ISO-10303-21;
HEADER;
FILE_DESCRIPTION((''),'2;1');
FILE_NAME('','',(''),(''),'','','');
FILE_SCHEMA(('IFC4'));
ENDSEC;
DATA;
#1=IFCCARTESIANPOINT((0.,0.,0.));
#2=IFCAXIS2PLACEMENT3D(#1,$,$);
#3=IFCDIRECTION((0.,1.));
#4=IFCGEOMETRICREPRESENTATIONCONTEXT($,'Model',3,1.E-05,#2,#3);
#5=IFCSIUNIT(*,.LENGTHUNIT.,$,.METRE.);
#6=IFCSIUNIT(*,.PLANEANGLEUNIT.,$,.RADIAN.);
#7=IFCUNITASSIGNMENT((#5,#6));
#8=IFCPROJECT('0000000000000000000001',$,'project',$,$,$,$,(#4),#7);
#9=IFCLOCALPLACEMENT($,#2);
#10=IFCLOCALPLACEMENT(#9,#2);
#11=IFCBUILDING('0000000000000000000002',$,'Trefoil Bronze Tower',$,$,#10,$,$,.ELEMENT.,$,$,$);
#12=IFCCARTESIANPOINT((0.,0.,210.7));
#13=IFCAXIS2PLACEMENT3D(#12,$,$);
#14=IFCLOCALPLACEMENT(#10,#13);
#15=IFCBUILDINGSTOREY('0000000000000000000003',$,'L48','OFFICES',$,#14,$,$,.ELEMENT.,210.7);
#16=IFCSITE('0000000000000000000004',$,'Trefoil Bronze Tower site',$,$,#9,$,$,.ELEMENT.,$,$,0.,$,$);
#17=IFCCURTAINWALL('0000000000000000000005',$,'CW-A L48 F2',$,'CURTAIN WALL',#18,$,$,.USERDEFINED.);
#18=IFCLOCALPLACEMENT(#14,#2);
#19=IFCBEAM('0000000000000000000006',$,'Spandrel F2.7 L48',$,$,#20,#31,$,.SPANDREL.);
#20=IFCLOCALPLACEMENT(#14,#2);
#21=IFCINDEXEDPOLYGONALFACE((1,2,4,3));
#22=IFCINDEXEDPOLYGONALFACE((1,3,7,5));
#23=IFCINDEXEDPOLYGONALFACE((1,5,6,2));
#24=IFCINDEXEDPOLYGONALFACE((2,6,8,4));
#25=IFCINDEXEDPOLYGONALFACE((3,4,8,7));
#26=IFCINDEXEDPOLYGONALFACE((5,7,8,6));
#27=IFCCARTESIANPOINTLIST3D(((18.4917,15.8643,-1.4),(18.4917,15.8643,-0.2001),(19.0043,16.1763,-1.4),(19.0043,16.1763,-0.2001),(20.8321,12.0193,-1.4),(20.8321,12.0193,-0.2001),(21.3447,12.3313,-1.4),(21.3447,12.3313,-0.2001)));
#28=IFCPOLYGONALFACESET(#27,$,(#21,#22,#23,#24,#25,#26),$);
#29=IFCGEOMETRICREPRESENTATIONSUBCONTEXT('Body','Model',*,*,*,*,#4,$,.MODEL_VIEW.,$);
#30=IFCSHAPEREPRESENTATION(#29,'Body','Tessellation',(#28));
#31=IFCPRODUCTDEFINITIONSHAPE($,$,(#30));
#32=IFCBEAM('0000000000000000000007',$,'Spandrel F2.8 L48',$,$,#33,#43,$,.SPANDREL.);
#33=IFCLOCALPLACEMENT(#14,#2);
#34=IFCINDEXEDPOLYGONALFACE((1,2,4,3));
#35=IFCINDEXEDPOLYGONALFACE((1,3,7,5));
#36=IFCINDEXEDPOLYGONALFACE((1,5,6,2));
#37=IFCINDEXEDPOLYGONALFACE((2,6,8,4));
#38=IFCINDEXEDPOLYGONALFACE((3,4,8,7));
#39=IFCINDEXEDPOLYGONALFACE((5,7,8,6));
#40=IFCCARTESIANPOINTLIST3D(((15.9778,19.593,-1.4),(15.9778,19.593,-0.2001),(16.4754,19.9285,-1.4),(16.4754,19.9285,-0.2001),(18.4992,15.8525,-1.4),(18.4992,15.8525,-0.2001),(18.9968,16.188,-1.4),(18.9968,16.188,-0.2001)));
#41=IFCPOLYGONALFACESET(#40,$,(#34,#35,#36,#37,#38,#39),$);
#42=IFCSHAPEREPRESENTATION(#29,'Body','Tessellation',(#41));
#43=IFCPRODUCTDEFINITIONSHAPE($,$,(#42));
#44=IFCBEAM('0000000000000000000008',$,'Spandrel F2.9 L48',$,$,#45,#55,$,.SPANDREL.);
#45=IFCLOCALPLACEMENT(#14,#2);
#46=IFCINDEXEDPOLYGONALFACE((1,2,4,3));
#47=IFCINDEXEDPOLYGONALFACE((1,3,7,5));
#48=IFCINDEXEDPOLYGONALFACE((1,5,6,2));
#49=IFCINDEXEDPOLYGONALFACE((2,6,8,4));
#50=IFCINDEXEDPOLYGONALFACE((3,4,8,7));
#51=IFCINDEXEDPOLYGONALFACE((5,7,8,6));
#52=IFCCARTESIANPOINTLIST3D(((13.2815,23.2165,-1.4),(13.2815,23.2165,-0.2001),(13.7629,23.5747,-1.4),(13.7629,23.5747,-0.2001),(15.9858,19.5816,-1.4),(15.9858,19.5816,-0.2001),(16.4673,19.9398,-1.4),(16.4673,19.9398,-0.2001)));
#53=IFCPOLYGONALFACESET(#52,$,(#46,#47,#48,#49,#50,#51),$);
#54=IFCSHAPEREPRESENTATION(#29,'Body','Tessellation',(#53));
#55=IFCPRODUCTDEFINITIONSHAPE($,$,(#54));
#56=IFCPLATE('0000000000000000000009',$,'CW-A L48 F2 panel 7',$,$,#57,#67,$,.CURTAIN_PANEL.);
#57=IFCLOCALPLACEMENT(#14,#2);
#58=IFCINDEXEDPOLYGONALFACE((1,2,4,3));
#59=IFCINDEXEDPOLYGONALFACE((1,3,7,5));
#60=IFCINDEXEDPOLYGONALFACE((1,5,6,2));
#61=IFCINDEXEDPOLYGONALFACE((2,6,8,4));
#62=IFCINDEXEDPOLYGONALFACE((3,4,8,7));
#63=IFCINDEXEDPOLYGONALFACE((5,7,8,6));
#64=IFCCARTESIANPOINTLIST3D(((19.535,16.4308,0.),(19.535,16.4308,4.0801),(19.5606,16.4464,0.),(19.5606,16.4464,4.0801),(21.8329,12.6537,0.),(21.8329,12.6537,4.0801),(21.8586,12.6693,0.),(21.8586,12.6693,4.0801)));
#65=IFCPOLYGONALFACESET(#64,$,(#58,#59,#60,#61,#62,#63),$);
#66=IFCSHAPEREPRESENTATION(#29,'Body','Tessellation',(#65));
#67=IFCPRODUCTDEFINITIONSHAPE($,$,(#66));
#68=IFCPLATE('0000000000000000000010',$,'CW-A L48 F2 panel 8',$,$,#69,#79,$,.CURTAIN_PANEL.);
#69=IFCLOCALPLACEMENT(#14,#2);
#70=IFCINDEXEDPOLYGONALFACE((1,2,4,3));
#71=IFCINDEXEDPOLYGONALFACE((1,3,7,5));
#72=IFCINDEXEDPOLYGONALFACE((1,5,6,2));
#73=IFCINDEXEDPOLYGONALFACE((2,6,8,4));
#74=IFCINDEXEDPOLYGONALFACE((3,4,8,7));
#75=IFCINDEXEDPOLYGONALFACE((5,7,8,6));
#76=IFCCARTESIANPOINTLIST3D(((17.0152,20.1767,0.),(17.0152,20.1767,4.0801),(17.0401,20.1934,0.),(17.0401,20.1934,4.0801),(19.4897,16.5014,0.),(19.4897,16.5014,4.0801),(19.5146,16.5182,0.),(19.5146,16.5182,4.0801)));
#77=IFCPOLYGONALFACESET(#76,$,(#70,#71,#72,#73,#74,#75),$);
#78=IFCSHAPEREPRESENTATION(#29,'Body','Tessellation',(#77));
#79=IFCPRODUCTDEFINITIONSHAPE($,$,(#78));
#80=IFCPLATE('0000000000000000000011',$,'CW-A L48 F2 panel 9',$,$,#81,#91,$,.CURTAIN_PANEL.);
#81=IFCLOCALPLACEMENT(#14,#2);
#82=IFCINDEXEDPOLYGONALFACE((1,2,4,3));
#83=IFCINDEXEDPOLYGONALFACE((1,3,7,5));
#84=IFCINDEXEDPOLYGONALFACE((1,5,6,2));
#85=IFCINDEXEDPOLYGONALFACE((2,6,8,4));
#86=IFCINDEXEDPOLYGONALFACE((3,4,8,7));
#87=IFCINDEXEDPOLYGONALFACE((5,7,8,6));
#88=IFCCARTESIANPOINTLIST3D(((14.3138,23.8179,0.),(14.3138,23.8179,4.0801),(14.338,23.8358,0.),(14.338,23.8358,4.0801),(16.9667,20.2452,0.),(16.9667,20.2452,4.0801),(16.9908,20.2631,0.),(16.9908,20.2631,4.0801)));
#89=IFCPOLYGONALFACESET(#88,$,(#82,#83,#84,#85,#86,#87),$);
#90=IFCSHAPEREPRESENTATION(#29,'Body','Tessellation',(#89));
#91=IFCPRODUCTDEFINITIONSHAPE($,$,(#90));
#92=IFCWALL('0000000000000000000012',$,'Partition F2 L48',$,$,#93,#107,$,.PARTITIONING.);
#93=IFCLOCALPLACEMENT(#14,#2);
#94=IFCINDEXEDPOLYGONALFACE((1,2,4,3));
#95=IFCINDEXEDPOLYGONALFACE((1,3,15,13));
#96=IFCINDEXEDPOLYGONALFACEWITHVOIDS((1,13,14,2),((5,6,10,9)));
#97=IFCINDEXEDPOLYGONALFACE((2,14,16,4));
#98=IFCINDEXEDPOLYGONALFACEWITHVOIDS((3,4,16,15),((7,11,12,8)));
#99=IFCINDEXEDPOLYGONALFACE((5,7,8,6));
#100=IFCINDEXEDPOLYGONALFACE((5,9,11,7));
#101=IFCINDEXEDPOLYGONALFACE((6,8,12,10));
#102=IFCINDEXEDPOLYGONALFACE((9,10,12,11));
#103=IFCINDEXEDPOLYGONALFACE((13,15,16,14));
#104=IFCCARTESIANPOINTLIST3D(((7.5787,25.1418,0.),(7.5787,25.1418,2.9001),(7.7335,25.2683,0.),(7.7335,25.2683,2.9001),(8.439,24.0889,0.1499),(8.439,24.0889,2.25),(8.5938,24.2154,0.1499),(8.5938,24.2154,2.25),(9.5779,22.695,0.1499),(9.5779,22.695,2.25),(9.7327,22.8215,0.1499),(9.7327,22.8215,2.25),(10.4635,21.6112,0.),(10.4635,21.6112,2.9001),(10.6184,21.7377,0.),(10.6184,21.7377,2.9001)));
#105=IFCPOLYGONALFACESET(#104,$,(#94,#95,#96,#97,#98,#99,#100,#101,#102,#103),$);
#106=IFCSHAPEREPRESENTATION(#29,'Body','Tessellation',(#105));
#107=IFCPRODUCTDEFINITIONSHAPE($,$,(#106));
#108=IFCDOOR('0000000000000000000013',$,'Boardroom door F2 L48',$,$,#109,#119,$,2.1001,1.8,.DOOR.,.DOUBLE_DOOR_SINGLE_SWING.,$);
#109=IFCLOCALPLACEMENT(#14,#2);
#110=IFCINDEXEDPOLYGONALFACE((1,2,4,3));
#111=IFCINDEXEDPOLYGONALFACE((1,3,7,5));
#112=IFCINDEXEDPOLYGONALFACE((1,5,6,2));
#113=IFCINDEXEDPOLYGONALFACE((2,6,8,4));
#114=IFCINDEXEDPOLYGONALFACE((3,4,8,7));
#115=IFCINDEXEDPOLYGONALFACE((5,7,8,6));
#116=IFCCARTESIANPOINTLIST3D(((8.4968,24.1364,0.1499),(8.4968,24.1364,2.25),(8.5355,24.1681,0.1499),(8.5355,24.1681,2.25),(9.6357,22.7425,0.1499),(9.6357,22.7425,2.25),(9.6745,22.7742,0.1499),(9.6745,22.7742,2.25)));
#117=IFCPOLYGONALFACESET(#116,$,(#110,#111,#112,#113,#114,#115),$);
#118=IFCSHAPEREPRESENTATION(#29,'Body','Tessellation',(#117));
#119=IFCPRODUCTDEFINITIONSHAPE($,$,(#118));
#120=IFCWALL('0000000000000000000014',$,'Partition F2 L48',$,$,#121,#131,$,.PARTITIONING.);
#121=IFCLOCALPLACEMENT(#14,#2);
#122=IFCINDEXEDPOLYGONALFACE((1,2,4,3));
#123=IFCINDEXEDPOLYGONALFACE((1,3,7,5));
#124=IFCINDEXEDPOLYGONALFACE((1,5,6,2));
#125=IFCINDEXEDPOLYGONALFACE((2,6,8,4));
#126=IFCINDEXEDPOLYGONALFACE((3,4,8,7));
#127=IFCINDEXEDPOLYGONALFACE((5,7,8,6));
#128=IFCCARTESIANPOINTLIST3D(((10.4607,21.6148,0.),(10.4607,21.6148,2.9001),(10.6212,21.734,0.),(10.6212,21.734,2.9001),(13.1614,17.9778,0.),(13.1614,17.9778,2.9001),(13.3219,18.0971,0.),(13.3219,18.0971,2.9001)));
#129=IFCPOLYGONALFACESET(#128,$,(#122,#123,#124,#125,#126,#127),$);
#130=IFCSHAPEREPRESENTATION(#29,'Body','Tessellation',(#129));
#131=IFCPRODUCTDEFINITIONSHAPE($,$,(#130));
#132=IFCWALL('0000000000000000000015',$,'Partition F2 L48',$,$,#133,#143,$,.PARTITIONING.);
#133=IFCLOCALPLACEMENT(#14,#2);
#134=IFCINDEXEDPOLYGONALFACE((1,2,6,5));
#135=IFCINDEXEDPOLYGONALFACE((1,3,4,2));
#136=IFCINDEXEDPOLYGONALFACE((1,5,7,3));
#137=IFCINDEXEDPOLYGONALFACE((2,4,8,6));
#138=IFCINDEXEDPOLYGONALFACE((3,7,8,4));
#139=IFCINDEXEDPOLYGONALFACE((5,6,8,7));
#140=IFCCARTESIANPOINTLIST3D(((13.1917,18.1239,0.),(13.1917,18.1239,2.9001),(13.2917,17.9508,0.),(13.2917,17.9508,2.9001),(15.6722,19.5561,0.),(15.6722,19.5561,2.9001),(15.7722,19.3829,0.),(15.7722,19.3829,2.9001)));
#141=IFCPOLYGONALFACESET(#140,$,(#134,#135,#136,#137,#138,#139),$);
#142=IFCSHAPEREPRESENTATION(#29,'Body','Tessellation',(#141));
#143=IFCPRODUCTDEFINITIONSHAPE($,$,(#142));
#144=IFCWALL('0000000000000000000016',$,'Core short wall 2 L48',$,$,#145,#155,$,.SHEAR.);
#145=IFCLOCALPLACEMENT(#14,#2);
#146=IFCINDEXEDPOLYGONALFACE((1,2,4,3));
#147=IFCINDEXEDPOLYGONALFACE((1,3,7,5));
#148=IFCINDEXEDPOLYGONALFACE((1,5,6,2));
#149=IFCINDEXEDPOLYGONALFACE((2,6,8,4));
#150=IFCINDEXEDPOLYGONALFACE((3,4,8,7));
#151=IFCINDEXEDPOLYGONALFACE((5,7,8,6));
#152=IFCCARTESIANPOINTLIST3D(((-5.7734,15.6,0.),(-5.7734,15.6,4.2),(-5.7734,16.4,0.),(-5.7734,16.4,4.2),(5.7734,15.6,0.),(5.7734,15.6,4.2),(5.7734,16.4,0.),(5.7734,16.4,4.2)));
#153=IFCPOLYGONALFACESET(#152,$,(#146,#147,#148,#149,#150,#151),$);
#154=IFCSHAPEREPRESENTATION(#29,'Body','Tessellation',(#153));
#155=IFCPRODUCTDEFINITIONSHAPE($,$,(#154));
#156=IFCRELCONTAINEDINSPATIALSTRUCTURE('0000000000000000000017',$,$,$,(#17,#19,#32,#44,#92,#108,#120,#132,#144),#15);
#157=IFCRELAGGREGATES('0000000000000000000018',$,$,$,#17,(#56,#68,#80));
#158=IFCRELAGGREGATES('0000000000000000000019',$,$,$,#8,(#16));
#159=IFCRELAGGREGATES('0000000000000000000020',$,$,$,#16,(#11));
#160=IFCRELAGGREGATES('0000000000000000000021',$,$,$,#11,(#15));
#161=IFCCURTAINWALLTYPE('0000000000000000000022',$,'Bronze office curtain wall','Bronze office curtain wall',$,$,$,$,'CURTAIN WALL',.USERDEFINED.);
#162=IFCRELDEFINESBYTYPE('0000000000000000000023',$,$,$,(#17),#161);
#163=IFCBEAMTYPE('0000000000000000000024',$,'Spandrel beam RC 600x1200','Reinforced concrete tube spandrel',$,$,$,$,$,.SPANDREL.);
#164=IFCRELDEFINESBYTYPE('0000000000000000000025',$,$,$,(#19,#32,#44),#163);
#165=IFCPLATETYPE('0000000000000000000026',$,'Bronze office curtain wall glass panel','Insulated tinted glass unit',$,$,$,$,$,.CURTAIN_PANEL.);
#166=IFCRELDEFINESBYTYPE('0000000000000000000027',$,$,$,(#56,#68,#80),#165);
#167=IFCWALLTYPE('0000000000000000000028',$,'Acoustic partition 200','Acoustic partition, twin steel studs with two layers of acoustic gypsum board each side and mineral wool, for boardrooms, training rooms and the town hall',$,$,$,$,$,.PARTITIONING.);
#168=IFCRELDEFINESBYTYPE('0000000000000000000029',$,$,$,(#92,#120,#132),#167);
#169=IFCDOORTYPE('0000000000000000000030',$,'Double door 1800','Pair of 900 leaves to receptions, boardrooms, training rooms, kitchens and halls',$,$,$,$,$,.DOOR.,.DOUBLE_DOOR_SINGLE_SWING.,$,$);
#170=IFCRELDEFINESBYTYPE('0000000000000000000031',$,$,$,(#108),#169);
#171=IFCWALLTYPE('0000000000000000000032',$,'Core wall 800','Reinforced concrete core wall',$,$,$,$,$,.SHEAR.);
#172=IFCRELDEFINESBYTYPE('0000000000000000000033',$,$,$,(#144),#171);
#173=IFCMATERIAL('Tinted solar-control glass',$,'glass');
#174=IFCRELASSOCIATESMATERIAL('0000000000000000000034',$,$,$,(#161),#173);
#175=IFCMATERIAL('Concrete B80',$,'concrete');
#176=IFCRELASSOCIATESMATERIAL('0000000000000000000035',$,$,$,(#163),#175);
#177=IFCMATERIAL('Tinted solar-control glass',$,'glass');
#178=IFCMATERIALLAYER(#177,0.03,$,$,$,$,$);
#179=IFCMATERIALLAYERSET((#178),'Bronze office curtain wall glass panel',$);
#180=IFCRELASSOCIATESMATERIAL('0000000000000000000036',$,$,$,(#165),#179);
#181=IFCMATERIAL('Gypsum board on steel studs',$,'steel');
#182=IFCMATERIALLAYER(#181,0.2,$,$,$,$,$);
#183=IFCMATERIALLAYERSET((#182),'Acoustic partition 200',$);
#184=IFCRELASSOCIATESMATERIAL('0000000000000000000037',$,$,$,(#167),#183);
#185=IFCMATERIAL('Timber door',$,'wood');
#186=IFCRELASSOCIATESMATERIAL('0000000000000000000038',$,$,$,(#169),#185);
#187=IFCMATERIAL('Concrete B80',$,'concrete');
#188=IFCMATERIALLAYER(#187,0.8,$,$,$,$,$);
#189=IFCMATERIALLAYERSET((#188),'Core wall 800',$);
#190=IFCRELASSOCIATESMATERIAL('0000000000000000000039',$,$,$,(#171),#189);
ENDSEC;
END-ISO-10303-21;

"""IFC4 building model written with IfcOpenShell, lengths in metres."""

from ifc_helpers import new_model, si_unit, direction, frame, frame_2d, origin, origin_2d, place, context, subcontext, project, spatial, rectangle, extrude, material, layer, layer_set, material_profile, profile_set, type_object, element, fill, aggregate, save


model = new_model("IFC4")

# Units and contexts
model_context = context("Model", 3, precision=1e-05, world=origin(), true_north=direction((0.0, 1.0)))
body_context = subcontext(model_context, "Body", "Model", "MODEL_VIEW")
ifc_project = project(units=[si_unit("LENGTHUNIT", "METRE"), si_unit("PLANEANGLEUNIT", "RADIAN")], contexts=[model_context])

# Site, building, storey
site_placement = place(None, origin())
site = spatial("IfcSite", under=ifc_project, at=site_placement, Name="Trefoil Bronze Tower site", CompositionType="ELEMENT", RefElevation=0.0)
building_placement = place(site_placement, origin())
building = spatial("IfcBuilding", under=site, at=building_placement, Name="Trefoil Bronze Tower", CompositionType="ELEMENT")
storey_placement = place(building_placement, frame((0.0, 0.0, 210.7)))
storey = spatial("IfcBuildingStorey", under=building, at=storey_placement, Name="L48", Description="OFFICES", CompositionType="ELEMENT", Elevation=210.7)

# Curtain wall
ifc_material_1 = material(Name="Tinted solar-control glass", Category="glass")
curtain_wall_type = type_object("IfcCurtainWallType", Name="Bronze office curtain wall", Description="Bronze office curtain wall", ElementType="CURTAIN WALL", PredefinedType="USERDEFINED", material=ifc_material_1)
curtain_wall_placement = place(storey_placement, origin())
curtain_wall = element("IfcCurtainWall", 1, at=curtain_wall_placement, inside=storey, type_object=curtain_wall_type, Name="CW-A L48 F2", ObjectType="CURTAIN WALL", PredefinedType="USERDEFINED")

# Beams
ifc_material_2 = material(Name="Concrete B80", Category="concrete")
ifc_material_profile_1 = material_profile(ifc_material_2, rectangle(XDim=0.6001, YDim=1.2, at=origin_2d()), Name="RC 600x1200")
ifc_profile_set_1 = profile_set([ifc_material_profile_1], Name="Concrete B80")
beam_type_1 = type_object("IfcBeamType", Name="Spandrel beam RC 600x1200", Description="Reinforced concrete tube spandrel", PredefinedType="SPANDREL", material=ifc_profile_set_1)
beam_1_placement = place(storey_placement, frame((21.0884, 12.1753, -0.8), z_axis=(-0.519933, 0.854207, 0.0), x_axis=(-0.854207, -0.519933, 0.0)))
element("IfcBeam", 2, at=beam_1_placement, inside=storey, type_object=beam_type_1, Name="Spandrel F2.7 L48", PredefinedType="SPANDREL", context=body_context, shape_type="SweptSolid", body=[
    extrude(rectangle(XDim=0.6001, YDim=1.2, at=origin_2d()), origin(), (0.0, 0.0, 1.0), 4.5012),
])
beam_2_placement = place(storey_placement, frame((18.748, 16.0203, -0.8), z_axis=(-0.558964, 0.829192, 0.0), x_axis=(-0.829192, -0.558964, 0.0)))
element("IfcBeam", 3, at=beam_2_placement, inside=storey, type_object=beam_type_1, Name="Spandrel F2.8 L48", PredefinedType="SPANDREL", context=body_context, shape_type="SweptSolid", body=[
    extrude(rectangle(XDim=0.6001, YDim=1.2, at=origin_2d()), origin(), (0.0, 0.0, 1.0), 4.511),
])
beam_3_placement = place(storey_placement, frame((16.2266, 19.7607, -0.8), z_axis=(-0.596926, 0.802296, 0.0), x_axis=(-0.802296, -0.596926, 0.0)))
element("IfcBeam", 4, at=beam_3_placement, inside=storey, type_object=beam_type_1, Name="Spandrel F2.9 L48", PredefinedType="SPANDREL", context=body_context, shape_type="SweptSolid", body=[
    extrude(rectangle(XDim=0.6001, YDim=1.2, at=origin_2d()), origin(), (0.0, 0.0, 1.0), 4.5305),
])

# Plates
ifc_material_3 = material(Name="Tinted solar-control glass", Category="glass")
ifc_layer_1 = layer(ifc_material_3, 0.03)
ifc_layer_set_1 = layer_set([ifc_layer_1], Name="Bronze office curtain wall glass panel")
plate_type = type_object("IfcPlateType", Name="Bronze office curtain wall glass panel", Description="Insulated tinted glass unit", PredefinedType="CURTAIN_PANEL", material=ifc_layer_set_1)
plate_1_placement = place(storey_placement, frame((20.6968, 14.55, 0.0), z_axis=(0.0, 0.0, 1.0), x_axis=(-0.519762, 0.854311, 0.0)))
plate_1 = element("IfcPlate", 5, at=plate_1_placement, type_object=plate_type, Name="CW-A L48 F2 panel 7", PredefinedType="CURTAIN_PANEL", context=body_context, shape_type="SweptSolid", body=[
    extrude(rectangle(XDim=4.4211, YDim=0.03, at=origin_2d()), origin(), (0.0, 0.0, 1.0), 4.0801),
])
plate_2_placement = place(storey_placement, frame((18.2649, 18.3474, 0.0), z_axis=(0.0, 0.0, 1.0), x_axis=(-0.558493, 0.829509, 0.0)))
plate_2 = element("IfcPlate", 6, at=plate_2_placement, type_object=plate_type, Name="CW-A L48 F2 panel 8", PredefinedType="CURTAIN_PANEL", context=body_context, shape_type="SweptSolid", body=[
    extrude(rectangle(XDim=4.4307, YDim=0.03, at=origin_2d()), origin(), (0.0, 0.0, 1.0), 4.0801),
])
plate_3_placement = place(storey_placement, frame((15.6523, 22.0405, 0.0), z_axis=(0.0, 0.0, 1.0), x_axis=(-0.596162, 0.802865, 0.0)))
plate_3 = element("IfcPlate", 7, at=plate_3_placement, type_object=plate_type, Name="CW-A L48 F2 panel 9", PredefinedType="CURTAIN_PANEL", context=body_context, shape_type="SweptSolid", body=[
    extrude(rectangle(XDim=4.45, YDim=0.03, at=origin_2d()), origin(), (0.0, 0.0, 1.0), 4.0801),
])
aggregate(curtain_wall, [plate_1, plate_2, plate_3])

# Wall, opening, door
ifc_material_4 = material(Name="Gypsum board on steel studs", Category="steel")
ifc_layer_2 = layer(ifc_material_4, 0.2)
ifc_layer_set_2 = layer_set([ifc_layer_2], Name="Acoustic partition 200")
wall_type_1 = type_object("IfcWallType", Name="Acoustic partition 200", Description="Acoustic partition, twin steel studs with two layers of acoustic gypsum board each side and mineral wool, for boardrooms, training rooms and the town hall", PredefinedType="PARTITIONING", material=ifc_layer_set_2)
wall_1_placement = place(storey_placement, frame((10.541, 21.6743, 0.0), z_axis=(0.0, 0.0, 1.0), x_axis=(-0.632733, 0.77437, 0.0)))
wall_1 = element("IfcWall", 8, at=wall_1_placement, inside=storey, type_object=wall_type_1, Name="Partition F2 L48", PredefinedType="PARTITIONING", context=body_context, shape_type="SweptSolid", body=[
    extrude(rectangle(XDim=4.5593, YDim=0.2, at=frame_2d((2.2798, 0.0))), origin(), (0.0, 0.0, 1.0), 2.9001),
])
opening_1_placement = place(wall_1_placement, frame((1.3999, 0.0, 0.1499)))
opening_1 = element("IfcOpeningElement", 9, at=opening_1_placement, cuts=wall_1, PredefinedType="OPENING", context=body_context, shape_type="SweptSolid", body=[
    extrude(rectangle(XDim=1.8, YDim=2.1001, at=frame_2d((0.8999, 1.05))), frame((0.0, 0.1099, 0.0), z_axis=(0.0, -1.0, 0.0), x_axis=(1.0, 0.0, 0.0)), (0.0, 0.0, 1.0), 0.22),
])
ifc_material_5 = material(Name="Timber door", Category="wood")
door_type_1 = type_object("IfcDoorType", Name="Double door 1800", Description="Pair of 900 leaves to receptions, boardrooms, training rooms, kitchens and halls", OperationType="DOUBLE_DOOR_SINGLE_SWING", PredefinedType="DOOR", material=ifc_material_5)
door_1_placement = place(opening_1_placement, frame((1.8, 0.0, 0.0), z_axis=(0.0, 0.0, 1.0), x_axis=(-1.0, 0.0, 0.0)))
door_1 = element("IfcDoor", 10, at=door_1_placement, inside=storey, type_object=door_type_1, Name="Boardroom door F2 L48", OperationType="DOUBLE_DOOR_SINGLE_SWING", OverallHeight=2.1001, OverallWidth=1.8, PredefinedType="DOOR", context=body_context, shape_type="SweptSolid", body=[
    extrude(rectangle(XDim=1.8, YDim=2.1001, at=frame_2d((0.8999, 1.05))), frame((0.0, 0.0249, 0.0), z_axis=(0.0, -1.0, 0.0), x_axis=(1.0, 0.0, 0.0)), (0.0, 0.0, 1.0), 0.05),
])
fill(opening_1, door_1)

# Walls
wall_2_placement = place(storey_placement, frame((13.2417, 18.0374, 0.0), z_axis=(0.0, 0.0, 1.0), x_axis=(-0.596173, 0.802856, 0.0)))
element("IfcWall", 11, at=wall_2_placement, inside=storey, type_object=wall_type_1, Name="Partition F2 L48", PredefinedType="PARTITIONING", context=body_context, shape_type="SweptSolid", body=[
    extrude(rectangle(XDim=4.53, YDim=0.2, at=frame_2d((2.2651, 0.0))), origin(), (0.0, 0.0, 1.0), 2.9001),
])
wall_3_placement = place(storey_placement, frame((13.2417, 18.0374, 0.0), z_axis=(0.0, 0.0, 1.0), x_axis=(0.866021, 0.500008, 0.0)))
element("IfcWall", 12, at=wall_3_placement, inside=storey, type_object=wall_type_1, Name="Partition F2 L48", PredefinedType="PARTITIONING", context=body_context, shape_type="SweptSolid", body=[
    extrude(rectangle(XDim=2.8643, YDim=0.2, at=frame_2d((1.4321, 0.0))), origin(), (0.0, 0.0, 1.0), 2.9001),
])
ifc_material_6 = material(Name="Concrete B80", Category="concrete")
ifc_layer_3 = layer(ifc_material_6, 0.8)
ifc_layer_set_3 = layer_set([ifc_layer_3], Name="Core wall 800")
wall_type_2 = type_object("IfcWallType", Name="Core wall 800", Description="Reinforced concrete core wall", PredefinedType="SHEAR", material=ifc_layer_set_3)
wall_4_placement = place(storey_placement, frame((5.7734, 16.0, 0.0), z_axis=(0.0, 0.0, 1.0), x_axis=(-1.0, 0.0, 0.0)))
element("IfcWall", 13, at=wall_4_placement, inside=storey, type_object=wall_type_2, Name="Core short wall 2 L48", PredefinedType="SHEAR", context=body_context, shape_type="SweptSolid", body=[
    extrude(rectangle(XDim=11.5469, YDim=0.8, at=frame_2d((5.7734, 0.0))), origin(), (0.0, 0.0, 1.0), 4.2),
])

save(model, "model.ifc")
